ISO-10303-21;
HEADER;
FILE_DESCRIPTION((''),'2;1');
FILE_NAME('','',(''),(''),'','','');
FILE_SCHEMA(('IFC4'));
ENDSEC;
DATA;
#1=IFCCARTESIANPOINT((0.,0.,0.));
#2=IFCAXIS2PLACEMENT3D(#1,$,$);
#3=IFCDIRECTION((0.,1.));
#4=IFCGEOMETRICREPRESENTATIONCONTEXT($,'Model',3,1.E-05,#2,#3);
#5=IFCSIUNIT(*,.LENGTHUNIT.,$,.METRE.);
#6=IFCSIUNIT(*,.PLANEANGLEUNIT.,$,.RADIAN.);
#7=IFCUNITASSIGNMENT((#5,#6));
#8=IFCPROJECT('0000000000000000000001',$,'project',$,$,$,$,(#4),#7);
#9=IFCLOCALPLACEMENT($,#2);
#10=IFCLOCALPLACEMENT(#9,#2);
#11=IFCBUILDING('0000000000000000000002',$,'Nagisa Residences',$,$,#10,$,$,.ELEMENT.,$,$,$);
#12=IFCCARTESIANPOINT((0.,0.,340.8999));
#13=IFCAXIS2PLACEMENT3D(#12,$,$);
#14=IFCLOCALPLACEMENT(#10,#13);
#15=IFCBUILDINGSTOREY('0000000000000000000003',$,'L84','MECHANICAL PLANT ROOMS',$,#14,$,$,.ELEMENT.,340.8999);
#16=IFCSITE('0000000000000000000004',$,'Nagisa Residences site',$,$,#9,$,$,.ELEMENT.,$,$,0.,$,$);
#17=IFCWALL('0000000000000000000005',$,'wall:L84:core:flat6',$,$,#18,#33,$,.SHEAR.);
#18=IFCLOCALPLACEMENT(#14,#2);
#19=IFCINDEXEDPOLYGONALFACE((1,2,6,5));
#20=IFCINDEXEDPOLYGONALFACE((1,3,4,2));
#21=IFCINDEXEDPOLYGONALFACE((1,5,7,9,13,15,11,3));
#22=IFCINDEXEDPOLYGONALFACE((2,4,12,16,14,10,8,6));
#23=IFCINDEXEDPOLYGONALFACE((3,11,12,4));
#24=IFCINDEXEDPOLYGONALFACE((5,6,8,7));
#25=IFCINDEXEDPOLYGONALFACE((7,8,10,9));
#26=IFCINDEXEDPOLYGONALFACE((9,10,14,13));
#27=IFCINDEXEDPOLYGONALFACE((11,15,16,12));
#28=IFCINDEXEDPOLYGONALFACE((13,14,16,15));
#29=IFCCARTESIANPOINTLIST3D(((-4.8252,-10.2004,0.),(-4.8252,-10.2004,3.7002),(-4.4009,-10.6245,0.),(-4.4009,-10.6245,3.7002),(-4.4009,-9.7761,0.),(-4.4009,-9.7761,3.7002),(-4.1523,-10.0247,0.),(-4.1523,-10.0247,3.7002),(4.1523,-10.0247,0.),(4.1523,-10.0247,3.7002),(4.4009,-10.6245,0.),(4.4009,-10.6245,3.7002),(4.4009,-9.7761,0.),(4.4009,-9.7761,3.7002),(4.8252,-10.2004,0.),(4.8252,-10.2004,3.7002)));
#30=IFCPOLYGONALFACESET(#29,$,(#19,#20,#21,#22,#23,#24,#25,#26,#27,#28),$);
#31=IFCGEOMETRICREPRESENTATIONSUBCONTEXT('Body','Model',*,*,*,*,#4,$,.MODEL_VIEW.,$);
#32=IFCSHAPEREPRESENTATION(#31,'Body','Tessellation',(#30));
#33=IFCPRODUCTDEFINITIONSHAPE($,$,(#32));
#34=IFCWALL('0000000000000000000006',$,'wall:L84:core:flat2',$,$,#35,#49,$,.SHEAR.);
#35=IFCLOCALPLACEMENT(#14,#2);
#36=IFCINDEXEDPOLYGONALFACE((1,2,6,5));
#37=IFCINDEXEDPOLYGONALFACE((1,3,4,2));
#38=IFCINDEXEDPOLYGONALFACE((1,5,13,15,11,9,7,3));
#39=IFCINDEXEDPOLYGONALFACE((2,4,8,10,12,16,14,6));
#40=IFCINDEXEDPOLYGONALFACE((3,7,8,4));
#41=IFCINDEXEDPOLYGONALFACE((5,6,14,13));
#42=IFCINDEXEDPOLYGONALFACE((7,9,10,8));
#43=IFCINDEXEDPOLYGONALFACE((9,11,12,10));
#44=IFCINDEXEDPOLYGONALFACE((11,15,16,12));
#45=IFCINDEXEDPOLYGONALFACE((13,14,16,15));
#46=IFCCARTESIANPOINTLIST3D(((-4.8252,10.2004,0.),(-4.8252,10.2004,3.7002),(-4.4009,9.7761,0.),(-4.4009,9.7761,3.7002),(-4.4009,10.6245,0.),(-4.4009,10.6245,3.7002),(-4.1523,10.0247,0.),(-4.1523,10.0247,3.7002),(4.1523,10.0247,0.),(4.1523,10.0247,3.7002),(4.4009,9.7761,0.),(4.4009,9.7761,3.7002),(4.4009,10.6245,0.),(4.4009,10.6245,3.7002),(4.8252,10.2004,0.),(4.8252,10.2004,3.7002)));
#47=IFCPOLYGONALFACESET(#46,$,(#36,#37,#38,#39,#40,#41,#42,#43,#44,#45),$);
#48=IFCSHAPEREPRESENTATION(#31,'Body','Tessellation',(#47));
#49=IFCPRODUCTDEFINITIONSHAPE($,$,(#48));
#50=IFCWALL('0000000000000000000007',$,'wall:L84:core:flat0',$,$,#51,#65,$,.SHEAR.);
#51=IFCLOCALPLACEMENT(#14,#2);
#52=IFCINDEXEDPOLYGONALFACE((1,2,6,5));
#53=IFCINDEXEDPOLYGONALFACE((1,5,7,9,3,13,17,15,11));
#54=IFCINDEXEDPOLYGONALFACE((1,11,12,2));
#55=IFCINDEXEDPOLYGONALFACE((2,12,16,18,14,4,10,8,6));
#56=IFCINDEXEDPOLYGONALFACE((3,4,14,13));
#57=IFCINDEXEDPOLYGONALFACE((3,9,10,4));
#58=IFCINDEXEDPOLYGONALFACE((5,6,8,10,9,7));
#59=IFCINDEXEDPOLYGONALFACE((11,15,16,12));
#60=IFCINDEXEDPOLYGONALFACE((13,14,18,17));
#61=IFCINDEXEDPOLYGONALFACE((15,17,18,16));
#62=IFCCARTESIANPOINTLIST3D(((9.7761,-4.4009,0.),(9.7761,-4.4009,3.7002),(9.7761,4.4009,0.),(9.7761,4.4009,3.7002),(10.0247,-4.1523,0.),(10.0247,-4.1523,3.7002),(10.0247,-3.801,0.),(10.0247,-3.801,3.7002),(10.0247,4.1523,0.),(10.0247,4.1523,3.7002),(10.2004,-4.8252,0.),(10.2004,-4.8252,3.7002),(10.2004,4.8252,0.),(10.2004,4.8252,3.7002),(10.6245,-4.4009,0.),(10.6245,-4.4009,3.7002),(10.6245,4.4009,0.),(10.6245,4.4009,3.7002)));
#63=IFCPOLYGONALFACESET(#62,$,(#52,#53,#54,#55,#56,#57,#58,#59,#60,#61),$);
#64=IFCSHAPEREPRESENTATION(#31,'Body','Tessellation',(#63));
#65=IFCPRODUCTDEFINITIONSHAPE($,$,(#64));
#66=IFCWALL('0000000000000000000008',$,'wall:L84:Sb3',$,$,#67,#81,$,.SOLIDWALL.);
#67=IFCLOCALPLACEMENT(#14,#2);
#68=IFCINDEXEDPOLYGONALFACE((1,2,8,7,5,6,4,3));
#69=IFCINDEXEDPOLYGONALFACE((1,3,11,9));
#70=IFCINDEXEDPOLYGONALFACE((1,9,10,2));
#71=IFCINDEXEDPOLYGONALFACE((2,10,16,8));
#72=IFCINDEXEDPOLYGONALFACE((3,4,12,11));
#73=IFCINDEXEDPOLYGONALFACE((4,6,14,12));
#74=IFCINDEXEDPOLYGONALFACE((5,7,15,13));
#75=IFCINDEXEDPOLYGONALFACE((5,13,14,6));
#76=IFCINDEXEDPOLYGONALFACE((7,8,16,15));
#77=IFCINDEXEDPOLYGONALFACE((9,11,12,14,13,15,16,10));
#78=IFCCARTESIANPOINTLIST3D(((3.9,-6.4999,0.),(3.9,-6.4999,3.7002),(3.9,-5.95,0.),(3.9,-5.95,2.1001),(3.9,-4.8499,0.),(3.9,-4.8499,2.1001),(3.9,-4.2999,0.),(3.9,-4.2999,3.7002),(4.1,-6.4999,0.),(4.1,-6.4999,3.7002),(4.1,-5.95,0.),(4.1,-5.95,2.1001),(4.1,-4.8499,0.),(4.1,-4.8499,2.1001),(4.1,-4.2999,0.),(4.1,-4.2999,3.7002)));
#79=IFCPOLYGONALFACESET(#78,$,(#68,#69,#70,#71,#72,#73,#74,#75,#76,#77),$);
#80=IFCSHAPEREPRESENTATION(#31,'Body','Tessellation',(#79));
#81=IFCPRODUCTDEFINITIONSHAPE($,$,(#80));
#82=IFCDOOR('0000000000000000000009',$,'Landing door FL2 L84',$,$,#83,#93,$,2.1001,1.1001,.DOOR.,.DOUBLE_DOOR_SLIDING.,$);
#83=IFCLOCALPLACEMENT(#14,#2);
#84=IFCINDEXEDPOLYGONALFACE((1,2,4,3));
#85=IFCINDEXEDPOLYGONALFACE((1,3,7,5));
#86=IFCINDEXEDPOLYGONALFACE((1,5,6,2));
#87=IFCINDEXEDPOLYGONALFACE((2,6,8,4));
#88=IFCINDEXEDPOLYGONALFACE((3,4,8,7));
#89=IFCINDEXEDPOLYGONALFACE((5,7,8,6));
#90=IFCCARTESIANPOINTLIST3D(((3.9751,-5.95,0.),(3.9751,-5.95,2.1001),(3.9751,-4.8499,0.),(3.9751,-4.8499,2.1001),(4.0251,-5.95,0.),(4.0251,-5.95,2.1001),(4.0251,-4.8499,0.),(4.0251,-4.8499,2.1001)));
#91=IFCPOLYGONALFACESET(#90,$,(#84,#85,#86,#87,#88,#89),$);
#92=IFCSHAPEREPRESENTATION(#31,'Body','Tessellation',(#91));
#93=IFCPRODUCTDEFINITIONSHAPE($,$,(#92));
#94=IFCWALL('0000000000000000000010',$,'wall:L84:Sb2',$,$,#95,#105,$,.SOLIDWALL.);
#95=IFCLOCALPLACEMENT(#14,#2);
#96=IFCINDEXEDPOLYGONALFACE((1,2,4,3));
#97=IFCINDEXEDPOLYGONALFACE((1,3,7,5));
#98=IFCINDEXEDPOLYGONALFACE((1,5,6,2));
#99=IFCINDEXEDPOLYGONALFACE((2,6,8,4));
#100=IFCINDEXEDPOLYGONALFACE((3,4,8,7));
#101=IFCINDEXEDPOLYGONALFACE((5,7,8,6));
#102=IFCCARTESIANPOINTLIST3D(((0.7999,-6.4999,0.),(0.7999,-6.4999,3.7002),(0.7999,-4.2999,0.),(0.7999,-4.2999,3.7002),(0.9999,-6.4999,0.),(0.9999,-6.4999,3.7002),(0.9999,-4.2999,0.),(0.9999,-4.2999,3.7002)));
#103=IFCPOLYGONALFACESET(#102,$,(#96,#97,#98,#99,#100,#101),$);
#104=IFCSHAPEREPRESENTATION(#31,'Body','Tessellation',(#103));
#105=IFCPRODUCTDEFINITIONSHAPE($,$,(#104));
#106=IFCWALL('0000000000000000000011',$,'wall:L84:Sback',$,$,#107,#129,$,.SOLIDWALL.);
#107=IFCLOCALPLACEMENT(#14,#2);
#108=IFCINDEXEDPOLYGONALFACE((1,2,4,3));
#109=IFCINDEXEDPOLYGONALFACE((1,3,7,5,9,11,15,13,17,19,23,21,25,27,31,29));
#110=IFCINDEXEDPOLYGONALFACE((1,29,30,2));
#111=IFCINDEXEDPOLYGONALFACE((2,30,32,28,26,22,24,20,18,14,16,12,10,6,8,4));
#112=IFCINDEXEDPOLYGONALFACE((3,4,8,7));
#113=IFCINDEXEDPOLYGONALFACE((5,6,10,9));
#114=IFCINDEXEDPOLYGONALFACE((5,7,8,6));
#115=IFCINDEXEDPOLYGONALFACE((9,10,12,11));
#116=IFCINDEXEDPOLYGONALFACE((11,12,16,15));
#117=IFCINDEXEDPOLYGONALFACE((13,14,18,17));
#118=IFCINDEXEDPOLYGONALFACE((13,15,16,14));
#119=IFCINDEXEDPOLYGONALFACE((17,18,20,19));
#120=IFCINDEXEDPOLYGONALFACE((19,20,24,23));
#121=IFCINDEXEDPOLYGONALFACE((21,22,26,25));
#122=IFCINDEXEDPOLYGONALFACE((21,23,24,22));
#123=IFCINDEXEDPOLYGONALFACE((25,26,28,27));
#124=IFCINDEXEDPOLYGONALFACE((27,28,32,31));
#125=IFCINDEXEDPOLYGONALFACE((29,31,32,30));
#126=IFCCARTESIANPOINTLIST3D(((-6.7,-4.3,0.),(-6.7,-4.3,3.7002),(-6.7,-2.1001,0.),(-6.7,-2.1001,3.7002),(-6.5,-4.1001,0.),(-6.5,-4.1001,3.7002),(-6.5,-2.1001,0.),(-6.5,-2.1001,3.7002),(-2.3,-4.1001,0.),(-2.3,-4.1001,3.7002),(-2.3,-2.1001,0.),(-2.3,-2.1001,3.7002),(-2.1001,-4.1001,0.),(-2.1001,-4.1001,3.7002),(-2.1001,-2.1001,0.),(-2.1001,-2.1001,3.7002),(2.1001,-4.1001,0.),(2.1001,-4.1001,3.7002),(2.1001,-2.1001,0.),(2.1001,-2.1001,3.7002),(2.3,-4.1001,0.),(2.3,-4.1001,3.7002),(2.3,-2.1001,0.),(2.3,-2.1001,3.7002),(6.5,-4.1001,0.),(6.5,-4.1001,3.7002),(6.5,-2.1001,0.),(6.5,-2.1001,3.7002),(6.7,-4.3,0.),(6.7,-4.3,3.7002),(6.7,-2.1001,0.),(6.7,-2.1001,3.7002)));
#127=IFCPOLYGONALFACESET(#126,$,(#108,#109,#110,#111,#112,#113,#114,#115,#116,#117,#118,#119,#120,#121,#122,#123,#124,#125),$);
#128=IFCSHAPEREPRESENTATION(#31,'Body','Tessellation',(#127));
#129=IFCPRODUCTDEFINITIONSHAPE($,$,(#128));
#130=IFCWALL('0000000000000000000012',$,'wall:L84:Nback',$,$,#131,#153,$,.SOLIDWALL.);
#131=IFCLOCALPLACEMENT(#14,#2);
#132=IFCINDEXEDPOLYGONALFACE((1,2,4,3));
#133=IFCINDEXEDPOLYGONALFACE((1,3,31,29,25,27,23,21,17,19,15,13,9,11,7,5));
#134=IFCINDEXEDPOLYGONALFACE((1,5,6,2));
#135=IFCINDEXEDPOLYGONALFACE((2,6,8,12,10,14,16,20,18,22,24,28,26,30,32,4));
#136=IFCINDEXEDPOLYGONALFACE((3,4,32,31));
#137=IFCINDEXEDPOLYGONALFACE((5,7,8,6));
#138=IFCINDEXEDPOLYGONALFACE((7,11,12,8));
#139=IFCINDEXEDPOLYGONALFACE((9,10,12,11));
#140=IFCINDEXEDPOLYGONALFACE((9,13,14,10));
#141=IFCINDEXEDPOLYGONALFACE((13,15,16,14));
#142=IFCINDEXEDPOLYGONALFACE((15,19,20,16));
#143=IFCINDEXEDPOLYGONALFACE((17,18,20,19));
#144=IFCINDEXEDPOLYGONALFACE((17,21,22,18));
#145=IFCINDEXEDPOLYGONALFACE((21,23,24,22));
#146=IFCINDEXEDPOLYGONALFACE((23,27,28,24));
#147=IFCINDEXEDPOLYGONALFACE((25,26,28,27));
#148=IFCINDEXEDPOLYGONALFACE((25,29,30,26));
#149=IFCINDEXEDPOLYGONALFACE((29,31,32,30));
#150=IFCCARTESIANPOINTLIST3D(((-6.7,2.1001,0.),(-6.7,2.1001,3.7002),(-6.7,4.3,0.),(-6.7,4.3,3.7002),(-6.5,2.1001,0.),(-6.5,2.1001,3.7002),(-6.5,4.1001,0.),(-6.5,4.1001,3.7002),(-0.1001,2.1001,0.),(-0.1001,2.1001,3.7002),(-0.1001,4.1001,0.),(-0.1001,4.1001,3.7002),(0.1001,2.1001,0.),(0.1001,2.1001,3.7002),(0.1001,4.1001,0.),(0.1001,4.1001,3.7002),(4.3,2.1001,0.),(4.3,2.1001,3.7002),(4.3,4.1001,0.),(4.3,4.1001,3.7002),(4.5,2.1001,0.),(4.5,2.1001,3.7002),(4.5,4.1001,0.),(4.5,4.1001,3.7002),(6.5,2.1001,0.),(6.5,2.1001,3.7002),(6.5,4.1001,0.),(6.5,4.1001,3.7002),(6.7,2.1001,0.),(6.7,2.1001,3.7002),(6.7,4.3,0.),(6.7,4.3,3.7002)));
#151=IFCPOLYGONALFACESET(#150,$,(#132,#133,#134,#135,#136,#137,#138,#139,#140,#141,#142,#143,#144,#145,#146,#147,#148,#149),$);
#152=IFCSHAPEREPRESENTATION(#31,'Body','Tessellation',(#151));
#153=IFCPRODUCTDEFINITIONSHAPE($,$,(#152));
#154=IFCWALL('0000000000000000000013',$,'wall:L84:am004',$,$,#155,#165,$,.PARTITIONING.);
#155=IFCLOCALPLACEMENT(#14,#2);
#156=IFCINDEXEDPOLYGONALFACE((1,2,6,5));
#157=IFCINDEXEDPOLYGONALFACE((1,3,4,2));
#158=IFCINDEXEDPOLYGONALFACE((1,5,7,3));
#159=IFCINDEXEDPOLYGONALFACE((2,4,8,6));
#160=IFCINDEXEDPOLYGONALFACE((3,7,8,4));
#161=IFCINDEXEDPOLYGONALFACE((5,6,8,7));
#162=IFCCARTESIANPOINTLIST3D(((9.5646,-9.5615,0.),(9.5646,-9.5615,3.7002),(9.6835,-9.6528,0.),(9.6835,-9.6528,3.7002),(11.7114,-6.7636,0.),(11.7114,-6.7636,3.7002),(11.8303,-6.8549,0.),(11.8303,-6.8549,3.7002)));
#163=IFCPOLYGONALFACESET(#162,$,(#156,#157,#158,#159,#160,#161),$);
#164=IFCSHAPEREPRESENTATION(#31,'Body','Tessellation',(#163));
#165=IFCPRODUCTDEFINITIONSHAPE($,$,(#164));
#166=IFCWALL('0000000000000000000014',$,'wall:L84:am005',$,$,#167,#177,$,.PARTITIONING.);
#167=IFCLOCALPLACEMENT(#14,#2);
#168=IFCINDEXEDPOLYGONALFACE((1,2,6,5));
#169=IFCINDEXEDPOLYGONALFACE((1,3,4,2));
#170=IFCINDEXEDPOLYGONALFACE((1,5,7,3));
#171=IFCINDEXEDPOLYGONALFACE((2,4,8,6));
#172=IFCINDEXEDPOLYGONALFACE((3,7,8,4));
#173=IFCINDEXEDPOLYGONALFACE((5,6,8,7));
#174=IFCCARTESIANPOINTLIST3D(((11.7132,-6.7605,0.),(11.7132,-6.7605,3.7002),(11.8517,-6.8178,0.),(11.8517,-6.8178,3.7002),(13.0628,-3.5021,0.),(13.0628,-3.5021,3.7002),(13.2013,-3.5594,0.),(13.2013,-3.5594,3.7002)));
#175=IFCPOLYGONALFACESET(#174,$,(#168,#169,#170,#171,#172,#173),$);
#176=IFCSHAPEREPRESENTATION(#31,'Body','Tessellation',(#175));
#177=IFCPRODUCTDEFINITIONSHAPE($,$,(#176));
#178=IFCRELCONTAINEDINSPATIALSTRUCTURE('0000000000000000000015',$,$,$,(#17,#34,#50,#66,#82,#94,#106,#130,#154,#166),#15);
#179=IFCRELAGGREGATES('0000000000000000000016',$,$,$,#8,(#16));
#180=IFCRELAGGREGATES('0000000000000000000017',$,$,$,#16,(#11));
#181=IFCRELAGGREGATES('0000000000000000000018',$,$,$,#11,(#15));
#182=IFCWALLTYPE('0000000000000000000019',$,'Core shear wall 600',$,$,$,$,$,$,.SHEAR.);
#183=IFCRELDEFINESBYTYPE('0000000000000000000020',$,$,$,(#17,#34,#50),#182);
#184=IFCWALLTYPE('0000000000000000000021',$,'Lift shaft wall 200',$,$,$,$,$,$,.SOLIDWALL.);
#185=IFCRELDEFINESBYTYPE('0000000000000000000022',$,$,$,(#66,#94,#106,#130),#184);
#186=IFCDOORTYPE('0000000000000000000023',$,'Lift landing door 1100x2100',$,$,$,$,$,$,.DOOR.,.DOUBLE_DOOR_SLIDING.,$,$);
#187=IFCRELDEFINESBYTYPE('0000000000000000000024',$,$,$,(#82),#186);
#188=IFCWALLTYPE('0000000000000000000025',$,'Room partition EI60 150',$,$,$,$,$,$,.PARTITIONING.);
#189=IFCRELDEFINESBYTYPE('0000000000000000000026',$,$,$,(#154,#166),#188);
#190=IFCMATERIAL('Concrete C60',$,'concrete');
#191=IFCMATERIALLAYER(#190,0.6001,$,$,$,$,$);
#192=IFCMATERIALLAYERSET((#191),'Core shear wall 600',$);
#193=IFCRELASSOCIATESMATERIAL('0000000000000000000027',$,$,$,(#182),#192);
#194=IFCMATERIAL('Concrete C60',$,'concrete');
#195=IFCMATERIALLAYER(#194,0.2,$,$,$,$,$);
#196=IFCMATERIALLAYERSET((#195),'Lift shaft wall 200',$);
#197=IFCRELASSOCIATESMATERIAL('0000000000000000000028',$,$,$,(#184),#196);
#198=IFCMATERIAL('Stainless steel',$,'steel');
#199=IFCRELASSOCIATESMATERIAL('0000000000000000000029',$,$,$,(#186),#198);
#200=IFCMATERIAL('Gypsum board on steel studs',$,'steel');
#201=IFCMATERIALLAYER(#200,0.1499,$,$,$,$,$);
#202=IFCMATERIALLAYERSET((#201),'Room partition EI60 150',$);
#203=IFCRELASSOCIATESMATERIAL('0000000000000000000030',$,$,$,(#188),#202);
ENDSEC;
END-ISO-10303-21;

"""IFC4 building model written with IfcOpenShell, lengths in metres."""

from ifc_helpers import new_model, si_unit, direction, frame, frame_2d, origin, place, context, subcontext, project, spatial, polyline, rectangle, outline, extrude, material, layer, layer_set, type_object, element, fill, save


model = new_model("IFC4")

# Units and contexts
model_context = context("Model", 3, precision=1e-05, world=origin(), true_north=direction((0.0, 1.0)))
body_context = subcontext(model_context, "Body", "Model", "MODEL_VIEW")
ifc_project = project(units=[si_unit("LENGTHUNIT", "METRE"), si_unit("PLANEANGLEUNIT", "RADIAN")], contexts=[model_context])

# Site, building, storey
site_placement = place(None, origin())
site = spatial("IfcSite", under=ifc_project, at=site_placement, Name="Nagisa Residences site", CompositionType="ELEMENT", RefElevation=0.0)
building_placement = place(site_placement, origin())
building = spatial("IfcBuilding", under=site, at=building_placement, Name="Nagisa Residences", CompositionType="ELEMENT")
storey_placement = place(building_placement, frame((0.0, 0.0, 340.8999)))
storey = spatial("IfcBuildingStorey", under=building, at=storey_placement, Name="L84", Description="MECHANICAL PLANT ROOMS", CompositionType="ELEMENT", Elevation=340.8999)

# Walls
ifc_material_1 = material(Name="Concrete C60", Category="concrete")
ifc_layer_1 = layer(ifc_material_1, 0.6001)
ifc_layer_set_1 = layer_set([ifc_layer_1], Name="Core shear wall 600")
wall_type_1 = type_object("IfcWallType", Name="Core shear wall 600", PredefinedType="SHEAR", material=ifc_layer_set_1)
wall_1_placement = place(storey_placement, origin())
element("IfcWall", 1, at=wall_1_placement, inside=storey, type_object=wall_type_1, Name="wall:L84:core:flat6", PredefinedType="SHEAR", context=body_context, shape_type="SweptSolid", body=[
    extrude(outline(polyline([(-4.1523, -10.0247), (4.1523, -10.0247), (4.4009, -9.7761), (4.8252, -10.2004), (4.4009, -10.6245), (-4.4009, -10.6245), (-4.8252, -10.2004), (-4.4009, -9.7761), (-4.1523, -10.0247)])), origin(), (0.0, 0.0, 1.0), 3.7002),
])
wall_2_placement = place(storey_placement, origin())
element("IfcWall", 2, at=wall_2_placement, inside=storey, type_object=wall_type_1, Name="wall:L84:core:flat2", PredefinedType="SHEAR", context=body_context, shape_type="SweptSolid", body=[
    extrude(outline(polyline([(-4.1523, 10.0247), (-4.4009, 9.7761), (-4.8252, 10.2004), (-4.4009, 10.6245), (4.4009, 10.6245), (4.8252, 10.2004), (4.4009, 9.7761), (4.1523, 10.0247), (-4.1523, 10.0247)])), origin(), (0.0, 0.0, 1.0), 3.7002),
])
wall_3_placement = place(storey_placement, origin())
element("IfcWall", 3, at=wall_3_placement, inside=storey, type_object=wall_type_1, Name="wall:L84:core:flat0", PredefinedType="SHEAR", context=body_context, shape_type="SweptSolid", body=[
    extrude(outline(polyline([(9.7761, -4.4009), (10.0247, -4.1523), (10.0247, -3.801), (10.0247, 4.1523), (9.7761, 4.4009), (10.2004, 4.8252), (10.6245, 4.4009), (10.6245, -4.4009), (10.2004, -4.8252), (9.7761, -4.4009)])), origin(), (0.0, 0.0, 1.0), 3.7002),
])

# Wall, opening, door
ifc_material_2 = material(Name="Concrete C60", Category="concrete")
ifc_layer_2 = layer(ifc_material_2, 0.2)
ifc_layer_set_2 = layer_set([ifc_layer_2], Name="Lift shaft wall 200")
wall_type_2 = type_object("IfcWallType", Name="Lift shaft wall 200", PredefinedType="SOLIDWALL", material=ifc_layer_set_2)
wall_4_placement = place(storey_placement, frame((4.0, -6.5, 0.0), z_axis=(0.0, 0.0, 1.0), x_axis=(0.0, 1.0, 0.0)))
wall_4 = element("IfcWall", 4, at=wall_4_placement, inside=storey, type_object=wall_type_2, Name="wall:L84:Sb3", PredefinedType="SOLIDWALL", context=body_context, shape_type="SweptSolid", body=[
    extrude(rectangle(XDim=2.2, YDim=0.2, at=frame_2d((1.1001, 0.0))), origin(), (0.0, 0.0, 1.0), 3.7002),
])
opening_placement = place(wall_4_placement, frame((0.55, 0.0, 0.0)))
opening = element("IfcOpeningElement", 5, at=opening_placement, cuts=wall_4, PredefinedType="OPENING", context=body_context, shape_type="SweptSolid", body=[
    extrude(rectangle(XDim=1.1001, YDim=2.1001, at=frame_2d((0.55, 1.05))), frame((0.0, 0.1099, 0.0), z_axis=(0.0, -1.0, 0.0), x_axis=(1.0, 0.0, 0.0)), (0.0, 0.0, 1.0), 0.22),
])
ifc_material_3 = material(Name="Stainless steel", Category="steel")
door_type = type_object("IfcDoorType", Name="Lift landing door 1100x2100", OperationType="DOUBLE_DOOR_SLIDING", PredefinedType="DOOR", material=ifc_material_3)
door_placement = place(opening_placement, origin())
door = element("IfcDoor", 6, at=door_placement, inside=storey, type_object=door_type, Name="Landing door FL2 L84", OperationType="DOUBLE_DOOR_SLIDING", OverallHeight=2.1001, OverallWidth=1.1001, PredefinedType="DOOR", context=body_context, shape_type="SweptSolid", body=[
    extrude(rectangle(XDim=1.1001, YDim=2.1001, at=frame_2d((0.55, 1.05))), frame((0.0, 0.0249, 0.0), z_axis=(0.0, -1.0, 0.0), x_axis=(1.0, 0.0, 0.0)), (0.0, 0.0, 1.0), 0.05),
])
fill(opening, door)

# Walls
wall_5_placement = place(storey_placement, frame((0.8999, -6.5, 0.0), z_axis=(0.0, 0.0, 1.0), x_axis=(0.0, 1.0, 0.0)))
element("IfcWall", 7, at=wall_5_placement, inside=storey, type_object=wall_type_2, Name="wall:L84:Sb2", PredefinedType="SOLIDWALL", context=body_context, shape_type="SweptSolid", body=[
    extrude(rectangle(XDim=2.2, YDim=0.2, at=frame_2d((1.1001, 0.0))), origin(), (0.0, 0.0, 1.0), 3.7002),
])
wall_6_placement = place(storey_placement, origin())
element("IfcWall", 8, at=wall_6_placement, inside=storey, type_object=wall_type_2, Name="wall:L84:Sback", PredefinedType="SOLIDWALL", context=body_context, shape_type="SweptSolid", body=[
    extrude(outline(polyline([(-6.7, -2.1001), (-6.5, -2.1001), (-6.5, -4.1001), (-2.3, -4.1001), (-2.3, -2.1001), (-2.1001, -2.1001), (-2.1001, -4.1001), (2.1001, -4.1001), (2.1001, -2.1001), (2.3, -2.1001), (2.3, -4.1001), (6.5, -4.1001), (6.5, -2.1001), (6.7, -2.1001), (6.7, -4.3), (-6.7, -4.3), (-6.7, -2.1001)])), origin(), (0.0, 0.0, 1.0), 3.7002),
])
wall_7_placement = place(storey_placement, origin())
element("IfcWall", 9, at=wall_7_placement, inside=storey, type_object=wall_type_2, Name="wall:L84:Nback", PredefinedType="SOLIDWALL", context=body_context, shape_type="SweptSolid", body=[
    extrude(outline(polyline([(-6.7, 4.3), (6.7, 4.3), (6.7, 2.1001), (6.5, 2.1001), (6.5, 4.1001), (4.5, 4.1001), (4.5, 2.1001), (4.3, 2.1001), (4.3, 4.1001), (0.1001, 4.1001), (0.1001, 2.1001), (-0.1001, 2.1001), (-0.1001, 4.1001), (-6.5, 4.1001), (-6.5, 2.1001), (-6.7, 2.1001), (-6.7, 4.3)])), origin(), (0.0, 0.0, 1.0), 3.7002),
])
ifc_material_4 = material(Name="Gypsum board on steel studs", Category="steel")
ifc_layer_3 = layer(ifc_material_4, 0.1499)
ifc_layer_set_3 = layer_set([ifc_layer_3], Name="Room partition EI60 150")
wall_type_3 = type_object("IfcWallType", Name="Room partition EI60 150", PredefinedType="PARTITIONING", material=ifc_layer_set_3)
wall_8_placement = place(storey_placement, frame((11.7708, -6.8093, 0.0), z_axis=(0.0, 0.0, 1.0), x_axis=(-0.608737, -0.793372, 0.0)))
element("IfcWall", 10, at=wall_8_placement, inside=storey, type_object=wall_type_3, Name="wall:L84:am004", PredefinedType="PARTITIONING", context=body_context, shape_type="SweptSolid", body=[
    extrude(rectangle(XDim=3.5266, YDim=0.1499, at=frame_2d((1.7632, 0.0))), origin(), (0.0, 0.0, 1.0), 3.7002),
])
wall_9_placement = place(storey_placement, frame((13.1321, -3.5308, 0.0), z_axis=(0.0, 0.0, 1.0), x_axis=(-0.382678, -0.923882, 0.0)))
element("IfcWall", 11, at=wall_9_placement, inside=storey, type_object=wall_type_3, Name="wall:L84:am005", PredefinedType="PARTITIONING", context=body_context, shape_type="SweptSolid", body=[
    extrude(rectangle(XDim=3.5269, YDim=0.1499, at=frame_2d((1.7634, 0.0))), origin(), (0.0, 0.0, 1.0), 3.7002),
])

save(model, "model.ifc")
